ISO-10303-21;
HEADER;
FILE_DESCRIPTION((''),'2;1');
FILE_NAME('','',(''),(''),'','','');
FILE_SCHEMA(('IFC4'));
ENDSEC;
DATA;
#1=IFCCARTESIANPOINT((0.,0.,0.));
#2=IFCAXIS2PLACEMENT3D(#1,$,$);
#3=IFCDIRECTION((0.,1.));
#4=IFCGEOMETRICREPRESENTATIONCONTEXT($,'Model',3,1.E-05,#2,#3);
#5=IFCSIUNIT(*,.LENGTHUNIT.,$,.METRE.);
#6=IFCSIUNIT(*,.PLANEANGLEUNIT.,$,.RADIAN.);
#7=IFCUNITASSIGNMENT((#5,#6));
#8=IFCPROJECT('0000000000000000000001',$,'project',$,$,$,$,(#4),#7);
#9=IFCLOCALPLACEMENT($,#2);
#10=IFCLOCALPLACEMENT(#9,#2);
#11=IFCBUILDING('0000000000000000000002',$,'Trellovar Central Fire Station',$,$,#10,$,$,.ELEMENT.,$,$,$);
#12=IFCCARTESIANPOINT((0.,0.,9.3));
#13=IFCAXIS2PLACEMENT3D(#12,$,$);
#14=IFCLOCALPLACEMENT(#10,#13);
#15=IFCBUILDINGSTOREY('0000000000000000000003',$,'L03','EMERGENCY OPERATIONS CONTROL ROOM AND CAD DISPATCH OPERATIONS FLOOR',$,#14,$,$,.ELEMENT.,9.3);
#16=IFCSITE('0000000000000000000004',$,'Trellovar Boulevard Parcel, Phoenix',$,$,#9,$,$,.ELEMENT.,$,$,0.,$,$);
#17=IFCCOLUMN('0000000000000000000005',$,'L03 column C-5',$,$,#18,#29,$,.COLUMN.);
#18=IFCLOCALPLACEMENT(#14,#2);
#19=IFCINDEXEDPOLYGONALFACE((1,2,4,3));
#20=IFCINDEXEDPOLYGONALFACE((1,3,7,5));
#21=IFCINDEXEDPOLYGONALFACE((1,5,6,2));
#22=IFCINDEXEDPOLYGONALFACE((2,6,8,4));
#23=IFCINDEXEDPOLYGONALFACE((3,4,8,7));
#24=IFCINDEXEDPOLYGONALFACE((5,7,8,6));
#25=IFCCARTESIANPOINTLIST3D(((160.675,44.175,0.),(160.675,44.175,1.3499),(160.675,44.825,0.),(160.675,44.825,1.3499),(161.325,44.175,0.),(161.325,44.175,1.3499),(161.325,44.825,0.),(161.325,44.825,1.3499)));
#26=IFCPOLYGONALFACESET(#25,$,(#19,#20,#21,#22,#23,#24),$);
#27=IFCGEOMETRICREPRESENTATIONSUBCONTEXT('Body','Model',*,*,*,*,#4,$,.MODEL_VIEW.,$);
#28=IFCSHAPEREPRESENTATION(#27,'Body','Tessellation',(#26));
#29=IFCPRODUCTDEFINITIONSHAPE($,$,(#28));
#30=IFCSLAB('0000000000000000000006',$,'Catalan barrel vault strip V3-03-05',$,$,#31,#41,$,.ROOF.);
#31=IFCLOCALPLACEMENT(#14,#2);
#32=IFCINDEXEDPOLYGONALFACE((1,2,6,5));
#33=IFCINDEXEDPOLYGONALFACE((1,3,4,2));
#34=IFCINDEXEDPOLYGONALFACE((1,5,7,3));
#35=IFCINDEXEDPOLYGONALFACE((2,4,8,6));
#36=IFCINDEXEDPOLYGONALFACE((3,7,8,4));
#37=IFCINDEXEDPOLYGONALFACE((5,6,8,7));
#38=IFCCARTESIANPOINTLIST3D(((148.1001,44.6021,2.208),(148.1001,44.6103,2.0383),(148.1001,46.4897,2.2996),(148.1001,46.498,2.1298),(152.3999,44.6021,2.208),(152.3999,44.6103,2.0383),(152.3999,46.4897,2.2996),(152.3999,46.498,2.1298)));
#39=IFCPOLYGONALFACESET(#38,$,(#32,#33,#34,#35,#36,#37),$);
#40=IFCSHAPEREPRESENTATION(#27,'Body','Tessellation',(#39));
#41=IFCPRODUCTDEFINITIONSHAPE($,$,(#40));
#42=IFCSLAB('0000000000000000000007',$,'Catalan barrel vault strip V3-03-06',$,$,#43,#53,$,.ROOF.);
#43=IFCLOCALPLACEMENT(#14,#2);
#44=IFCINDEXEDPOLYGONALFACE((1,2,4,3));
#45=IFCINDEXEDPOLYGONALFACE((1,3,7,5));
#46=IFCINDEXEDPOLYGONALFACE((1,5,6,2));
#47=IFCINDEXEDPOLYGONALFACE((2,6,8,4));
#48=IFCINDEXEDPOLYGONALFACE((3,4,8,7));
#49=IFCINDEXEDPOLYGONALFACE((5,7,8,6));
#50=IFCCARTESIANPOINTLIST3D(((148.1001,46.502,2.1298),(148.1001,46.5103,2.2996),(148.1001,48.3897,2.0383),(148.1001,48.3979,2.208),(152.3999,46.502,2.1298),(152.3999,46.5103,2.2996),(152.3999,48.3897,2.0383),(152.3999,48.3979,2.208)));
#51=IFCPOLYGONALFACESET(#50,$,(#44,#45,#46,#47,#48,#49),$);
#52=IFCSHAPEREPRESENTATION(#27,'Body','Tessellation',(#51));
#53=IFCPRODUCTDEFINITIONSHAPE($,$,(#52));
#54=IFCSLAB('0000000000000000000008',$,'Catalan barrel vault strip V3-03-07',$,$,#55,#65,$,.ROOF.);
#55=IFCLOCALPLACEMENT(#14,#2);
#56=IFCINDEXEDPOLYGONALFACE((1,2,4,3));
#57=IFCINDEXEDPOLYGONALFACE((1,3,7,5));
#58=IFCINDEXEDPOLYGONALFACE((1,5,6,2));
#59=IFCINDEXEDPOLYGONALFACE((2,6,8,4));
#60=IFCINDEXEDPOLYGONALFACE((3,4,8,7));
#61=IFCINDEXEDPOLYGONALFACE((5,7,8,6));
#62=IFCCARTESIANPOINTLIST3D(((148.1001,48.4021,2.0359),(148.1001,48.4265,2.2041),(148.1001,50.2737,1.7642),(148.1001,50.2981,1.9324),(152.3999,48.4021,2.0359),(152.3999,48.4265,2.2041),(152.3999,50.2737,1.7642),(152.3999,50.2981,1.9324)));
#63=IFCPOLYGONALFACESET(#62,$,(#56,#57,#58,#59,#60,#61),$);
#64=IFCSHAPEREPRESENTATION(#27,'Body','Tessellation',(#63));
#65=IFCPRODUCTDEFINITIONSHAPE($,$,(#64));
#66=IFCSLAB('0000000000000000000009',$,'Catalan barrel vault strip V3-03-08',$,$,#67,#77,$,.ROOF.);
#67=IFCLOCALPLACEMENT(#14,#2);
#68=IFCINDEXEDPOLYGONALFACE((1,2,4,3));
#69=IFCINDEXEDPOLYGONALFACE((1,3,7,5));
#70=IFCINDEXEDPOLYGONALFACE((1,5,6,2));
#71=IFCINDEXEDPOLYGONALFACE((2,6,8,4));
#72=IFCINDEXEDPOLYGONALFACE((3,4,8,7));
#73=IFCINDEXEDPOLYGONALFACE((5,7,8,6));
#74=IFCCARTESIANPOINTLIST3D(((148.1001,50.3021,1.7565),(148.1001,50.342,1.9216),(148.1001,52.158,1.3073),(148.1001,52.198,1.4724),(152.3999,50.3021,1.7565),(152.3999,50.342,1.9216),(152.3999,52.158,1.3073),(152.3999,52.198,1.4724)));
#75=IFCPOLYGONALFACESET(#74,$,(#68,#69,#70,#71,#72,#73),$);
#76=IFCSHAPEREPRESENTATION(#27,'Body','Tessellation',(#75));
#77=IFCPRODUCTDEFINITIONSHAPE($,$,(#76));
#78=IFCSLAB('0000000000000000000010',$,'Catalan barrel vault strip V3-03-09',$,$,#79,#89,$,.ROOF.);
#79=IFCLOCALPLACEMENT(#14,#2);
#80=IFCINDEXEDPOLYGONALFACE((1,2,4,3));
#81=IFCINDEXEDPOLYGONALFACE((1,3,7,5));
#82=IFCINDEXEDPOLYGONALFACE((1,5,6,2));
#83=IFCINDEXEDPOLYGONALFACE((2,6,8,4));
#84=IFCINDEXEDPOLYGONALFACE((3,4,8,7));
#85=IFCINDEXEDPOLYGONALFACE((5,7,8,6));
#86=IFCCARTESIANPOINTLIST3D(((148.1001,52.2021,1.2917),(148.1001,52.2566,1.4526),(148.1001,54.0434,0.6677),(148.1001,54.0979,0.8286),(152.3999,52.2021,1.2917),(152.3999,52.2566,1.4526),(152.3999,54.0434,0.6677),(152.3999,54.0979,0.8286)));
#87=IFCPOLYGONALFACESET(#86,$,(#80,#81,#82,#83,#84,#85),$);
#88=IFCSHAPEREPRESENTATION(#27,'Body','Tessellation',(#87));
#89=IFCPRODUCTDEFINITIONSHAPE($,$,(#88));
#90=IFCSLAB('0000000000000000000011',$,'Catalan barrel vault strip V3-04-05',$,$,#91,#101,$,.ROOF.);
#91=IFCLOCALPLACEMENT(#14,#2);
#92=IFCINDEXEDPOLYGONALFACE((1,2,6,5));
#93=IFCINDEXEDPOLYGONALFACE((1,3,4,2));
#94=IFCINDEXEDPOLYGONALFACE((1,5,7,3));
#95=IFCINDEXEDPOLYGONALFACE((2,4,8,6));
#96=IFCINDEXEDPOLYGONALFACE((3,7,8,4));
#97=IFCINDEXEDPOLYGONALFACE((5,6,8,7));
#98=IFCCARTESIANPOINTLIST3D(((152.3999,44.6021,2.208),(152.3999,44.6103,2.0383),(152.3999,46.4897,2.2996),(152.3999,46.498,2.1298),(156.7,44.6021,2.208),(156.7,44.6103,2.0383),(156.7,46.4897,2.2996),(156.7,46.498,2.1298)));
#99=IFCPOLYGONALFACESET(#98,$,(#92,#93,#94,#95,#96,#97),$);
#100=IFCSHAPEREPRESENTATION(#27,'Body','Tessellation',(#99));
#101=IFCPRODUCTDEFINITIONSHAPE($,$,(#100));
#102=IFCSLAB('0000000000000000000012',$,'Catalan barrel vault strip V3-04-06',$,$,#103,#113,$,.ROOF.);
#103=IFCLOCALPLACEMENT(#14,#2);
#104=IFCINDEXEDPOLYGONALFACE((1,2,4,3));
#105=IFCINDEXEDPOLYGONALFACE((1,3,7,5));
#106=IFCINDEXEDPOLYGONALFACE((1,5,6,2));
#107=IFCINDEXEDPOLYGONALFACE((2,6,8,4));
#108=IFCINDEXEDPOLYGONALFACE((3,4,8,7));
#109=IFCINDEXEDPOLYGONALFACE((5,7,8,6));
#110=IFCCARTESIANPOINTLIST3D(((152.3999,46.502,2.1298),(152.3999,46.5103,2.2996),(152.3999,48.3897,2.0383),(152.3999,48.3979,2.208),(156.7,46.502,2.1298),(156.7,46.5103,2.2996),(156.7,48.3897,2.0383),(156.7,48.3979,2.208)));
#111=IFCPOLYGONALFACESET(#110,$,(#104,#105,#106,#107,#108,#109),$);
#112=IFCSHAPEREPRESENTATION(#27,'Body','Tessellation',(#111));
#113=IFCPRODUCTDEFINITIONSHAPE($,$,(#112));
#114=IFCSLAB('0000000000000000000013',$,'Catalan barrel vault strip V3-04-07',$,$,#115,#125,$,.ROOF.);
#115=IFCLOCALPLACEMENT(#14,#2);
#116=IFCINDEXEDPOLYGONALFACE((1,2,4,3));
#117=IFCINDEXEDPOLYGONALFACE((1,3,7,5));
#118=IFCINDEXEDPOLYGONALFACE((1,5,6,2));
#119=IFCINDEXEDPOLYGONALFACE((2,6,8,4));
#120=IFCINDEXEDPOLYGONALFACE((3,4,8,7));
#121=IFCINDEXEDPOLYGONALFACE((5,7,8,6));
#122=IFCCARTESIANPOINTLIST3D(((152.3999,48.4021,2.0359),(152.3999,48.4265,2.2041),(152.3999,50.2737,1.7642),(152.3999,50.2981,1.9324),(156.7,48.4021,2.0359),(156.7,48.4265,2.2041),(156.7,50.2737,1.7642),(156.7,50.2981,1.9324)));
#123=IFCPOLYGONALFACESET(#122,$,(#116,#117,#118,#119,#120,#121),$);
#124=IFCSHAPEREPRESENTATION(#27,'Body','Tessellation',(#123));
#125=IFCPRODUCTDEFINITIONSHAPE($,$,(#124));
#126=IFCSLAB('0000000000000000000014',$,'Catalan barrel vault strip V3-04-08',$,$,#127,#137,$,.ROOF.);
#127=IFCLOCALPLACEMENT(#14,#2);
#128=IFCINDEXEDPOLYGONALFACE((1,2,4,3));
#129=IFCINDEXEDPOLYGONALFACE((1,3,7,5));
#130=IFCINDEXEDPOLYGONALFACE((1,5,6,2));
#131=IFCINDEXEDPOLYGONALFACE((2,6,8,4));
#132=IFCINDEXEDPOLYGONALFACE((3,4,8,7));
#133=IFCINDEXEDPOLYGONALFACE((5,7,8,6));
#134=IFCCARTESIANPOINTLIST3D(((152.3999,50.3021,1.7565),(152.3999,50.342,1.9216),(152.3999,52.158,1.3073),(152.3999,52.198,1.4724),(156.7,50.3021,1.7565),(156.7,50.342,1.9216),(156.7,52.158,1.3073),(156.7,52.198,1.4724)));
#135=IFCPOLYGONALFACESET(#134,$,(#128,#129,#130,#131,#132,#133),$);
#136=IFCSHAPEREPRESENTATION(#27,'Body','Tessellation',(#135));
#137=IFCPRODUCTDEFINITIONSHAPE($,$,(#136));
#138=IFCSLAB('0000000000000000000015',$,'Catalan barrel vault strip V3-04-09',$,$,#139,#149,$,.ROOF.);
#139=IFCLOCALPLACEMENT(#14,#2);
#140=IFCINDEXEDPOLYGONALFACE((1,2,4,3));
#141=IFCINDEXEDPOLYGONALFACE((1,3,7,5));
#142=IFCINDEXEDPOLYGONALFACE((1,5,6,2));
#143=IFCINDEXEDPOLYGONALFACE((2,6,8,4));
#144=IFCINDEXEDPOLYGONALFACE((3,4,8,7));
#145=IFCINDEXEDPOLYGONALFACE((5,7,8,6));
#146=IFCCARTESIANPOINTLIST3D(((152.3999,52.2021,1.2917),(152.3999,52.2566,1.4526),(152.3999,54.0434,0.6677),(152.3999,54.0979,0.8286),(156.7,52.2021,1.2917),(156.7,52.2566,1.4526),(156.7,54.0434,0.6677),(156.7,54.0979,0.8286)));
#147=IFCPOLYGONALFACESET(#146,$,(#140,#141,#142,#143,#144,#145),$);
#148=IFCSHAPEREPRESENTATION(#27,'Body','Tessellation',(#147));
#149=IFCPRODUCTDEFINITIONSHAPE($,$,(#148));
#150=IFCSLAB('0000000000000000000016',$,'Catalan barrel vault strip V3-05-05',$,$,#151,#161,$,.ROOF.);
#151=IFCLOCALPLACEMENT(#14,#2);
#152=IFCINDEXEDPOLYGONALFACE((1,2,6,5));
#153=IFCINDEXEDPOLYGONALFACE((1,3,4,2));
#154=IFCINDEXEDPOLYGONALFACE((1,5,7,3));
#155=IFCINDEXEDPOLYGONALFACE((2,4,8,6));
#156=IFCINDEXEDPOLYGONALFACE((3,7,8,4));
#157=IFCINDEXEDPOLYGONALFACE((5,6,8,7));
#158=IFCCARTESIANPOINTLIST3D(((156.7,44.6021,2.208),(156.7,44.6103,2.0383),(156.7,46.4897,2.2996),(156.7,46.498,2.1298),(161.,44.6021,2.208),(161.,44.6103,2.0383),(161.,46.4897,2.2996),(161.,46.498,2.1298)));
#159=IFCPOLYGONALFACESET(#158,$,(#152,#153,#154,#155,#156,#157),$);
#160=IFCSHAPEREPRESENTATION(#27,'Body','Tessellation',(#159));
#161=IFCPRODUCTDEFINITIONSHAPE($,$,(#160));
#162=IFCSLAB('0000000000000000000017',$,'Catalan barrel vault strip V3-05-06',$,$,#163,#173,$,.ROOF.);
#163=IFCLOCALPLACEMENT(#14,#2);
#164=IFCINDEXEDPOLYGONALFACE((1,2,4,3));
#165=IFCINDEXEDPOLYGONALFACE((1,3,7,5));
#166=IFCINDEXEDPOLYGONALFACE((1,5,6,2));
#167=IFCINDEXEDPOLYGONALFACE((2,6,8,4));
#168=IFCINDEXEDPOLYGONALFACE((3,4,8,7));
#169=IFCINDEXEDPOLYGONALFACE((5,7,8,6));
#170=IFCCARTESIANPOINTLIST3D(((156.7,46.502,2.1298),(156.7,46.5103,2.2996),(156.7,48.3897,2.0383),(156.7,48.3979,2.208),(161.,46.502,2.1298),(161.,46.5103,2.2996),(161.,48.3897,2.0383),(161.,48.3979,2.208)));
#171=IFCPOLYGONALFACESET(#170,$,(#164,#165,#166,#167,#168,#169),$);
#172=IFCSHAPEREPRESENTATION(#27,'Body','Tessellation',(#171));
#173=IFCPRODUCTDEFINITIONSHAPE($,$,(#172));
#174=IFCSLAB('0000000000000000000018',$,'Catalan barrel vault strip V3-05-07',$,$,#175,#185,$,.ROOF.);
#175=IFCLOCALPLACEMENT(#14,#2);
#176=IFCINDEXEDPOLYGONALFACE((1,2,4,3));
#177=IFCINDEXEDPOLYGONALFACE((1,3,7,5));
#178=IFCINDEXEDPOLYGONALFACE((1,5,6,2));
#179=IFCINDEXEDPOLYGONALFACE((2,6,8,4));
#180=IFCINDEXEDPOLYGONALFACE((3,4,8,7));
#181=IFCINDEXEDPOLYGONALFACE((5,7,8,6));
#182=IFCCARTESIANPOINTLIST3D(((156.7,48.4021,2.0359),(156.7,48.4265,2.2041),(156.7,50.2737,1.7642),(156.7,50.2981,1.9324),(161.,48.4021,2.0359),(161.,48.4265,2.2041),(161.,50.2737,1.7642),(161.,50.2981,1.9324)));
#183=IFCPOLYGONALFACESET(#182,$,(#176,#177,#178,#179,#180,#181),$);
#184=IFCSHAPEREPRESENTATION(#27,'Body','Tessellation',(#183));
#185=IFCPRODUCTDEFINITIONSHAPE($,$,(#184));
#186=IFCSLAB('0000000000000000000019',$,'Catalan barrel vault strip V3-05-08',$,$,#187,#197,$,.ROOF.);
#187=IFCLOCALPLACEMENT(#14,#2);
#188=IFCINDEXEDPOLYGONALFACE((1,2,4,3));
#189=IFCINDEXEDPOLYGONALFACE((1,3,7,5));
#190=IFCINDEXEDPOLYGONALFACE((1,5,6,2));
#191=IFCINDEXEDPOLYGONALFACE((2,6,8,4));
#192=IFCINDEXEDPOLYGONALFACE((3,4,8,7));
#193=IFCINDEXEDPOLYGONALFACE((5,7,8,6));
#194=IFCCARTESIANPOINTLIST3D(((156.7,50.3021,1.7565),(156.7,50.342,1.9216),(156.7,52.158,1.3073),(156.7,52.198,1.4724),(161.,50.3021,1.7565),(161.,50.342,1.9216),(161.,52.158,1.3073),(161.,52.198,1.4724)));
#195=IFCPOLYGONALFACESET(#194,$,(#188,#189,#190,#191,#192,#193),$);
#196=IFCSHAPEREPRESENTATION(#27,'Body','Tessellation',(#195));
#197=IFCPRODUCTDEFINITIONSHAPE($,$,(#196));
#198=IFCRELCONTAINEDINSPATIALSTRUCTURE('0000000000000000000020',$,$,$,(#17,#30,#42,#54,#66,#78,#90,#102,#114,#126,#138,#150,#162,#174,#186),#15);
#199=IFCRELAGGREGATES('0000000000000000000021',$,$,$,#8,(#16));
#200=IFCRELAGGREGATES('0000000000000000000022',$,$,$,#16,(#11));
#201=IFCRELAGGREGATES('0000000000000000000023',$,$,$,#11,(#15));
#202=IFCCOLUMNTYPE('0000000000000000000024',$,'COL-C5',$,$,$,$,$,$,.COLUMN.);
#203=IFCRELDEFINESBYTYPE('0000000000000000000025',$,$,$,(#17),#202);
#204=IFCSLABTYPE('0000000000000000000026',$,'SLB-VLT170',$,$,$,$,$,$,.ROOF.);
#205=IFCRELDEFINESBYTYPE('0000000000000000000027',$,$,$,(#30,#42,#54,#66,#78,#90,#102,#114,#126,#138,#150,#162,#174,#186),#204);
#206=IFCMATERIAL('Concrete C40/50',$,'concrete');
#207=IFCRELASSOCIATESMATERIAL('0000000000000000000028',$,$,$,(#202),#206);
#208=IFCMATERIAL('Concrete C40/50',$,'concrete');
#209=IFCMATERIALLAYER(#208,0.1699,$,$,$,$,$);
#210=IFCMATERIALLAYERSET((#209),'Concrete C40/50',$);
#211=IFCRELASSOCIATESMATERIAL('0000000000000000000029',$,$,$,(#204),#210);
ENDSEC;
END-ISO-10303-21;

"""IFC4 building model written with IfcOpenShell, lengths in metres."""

from ifc_helpers import new_model, si_unit, direction, frame, origin, origin_2d, place, context, subcontext, project, spatial, polyline, rectangle, outline, extrude, material, layer, layer_set, material_profile, profile_set, type_object, element, save


model = new_model("IFC4")

# Units and contexts
model_context = context("Model", 3, precision=1e-05, world=origin(), true_north=direction((0.0, 1.0)))
body_context = subcontext(model_context, "Body", "Model", "MODEL_VIEW")
ifc_project = project(units=[si_unit("LENGTHUNIT", "METRE"), si_unit("PLANEANGLEUNIT", "RADIAN")], contexts=[model_context])

# Site, building, storey
site_placement = place(None, origin())
site = spatial("IfcSite", under=ifc_project, at=site_placement, Name="Trellovar Boulevard Parcel, Phoenix", CompositionType="ELEMENT", RefElevation=0.0)
building_placement = place(site_placement, origin())
building = spatial("IfcBuilding", under=site, at=building_placement, Name="Trellovar Central Fire Station", CompositionType="ELEMENT")
storey_placement = place(building_placement, frame((0.0, 0.0, 9.3)))
storey = spatial("IfcBuildingStorey", under=building, at=storey_placement, Name="L03", Description="EMERGENCY OPERATIONS CONTROL ROOM AND CAD DISPATCH OPERATIONS FLOOR", CompositionType="ELEMENT", Elevation=9.3)

# Column
ifc_material_1 = material(Name="Concrete C40/50", Category="concrete")
ifc_material_profile = material_profile(ifc_material_1, rectangle(XDim=0.6499, YDim=0.6499, at=origin_2d()), Name="RC650X650")
ifc_profile_set = profile_set([ifc_material_profile], Name="Concrete C40/50")
column_type = type_object("IfcColumnType", Name="COL-C5", PredefinedType="COLUMN", material=ifc_profile_set)
column_placement = place(storey_placement, frame((161.0, 44.5, 0.0), z_axis=(0.0, 0.0, 1.0), x_axis=(1.0, 0.0, 0.0)))
element("IfcColumn", 1, at=column_placement, inside=storey, type_object=column_type, Name="L03 column C-5", PredefinedType="COLUMN", context=body_context, shape_type="SweptSolid", body=[
    extrude(rectangle(XDim=0.6499, YDim=0.6499, at=origin_2d()), origin(), (0.0, 0.0, 1.0), 1.3499),
])

# Slabs
ifc_material_2 = material(Name="Concrete C40/50", Category="concrete")
ifc_layer_1 = layer(ifc_material_2, 0.1699)
ifc_layer_set_1 = layer_set([ifc_layer_1], Name="Concrete C40/50")
slab_type = type_object("IfcSlabType", Name="SLB-VLT170", PredefinedType="ROOF", material=ifc_layer_set_1)
for number, where, z_axis, x_axis, name in (
    (2, (148.1001, 44.6021, 2.208), (0.0, -0.048443, 0.998826), (1.0, 0.0, 0.0), "Catalan barrel vault strip V3-03-05"),
    (3, (148.1001, 46.5103, 2.2996), (0.0, 0.048443, 0.998826), (1.0, 0.0, 0.0), "Catalan barrel vault strip V3-03-06"),
):
    element("IfcSlab", number, at=place(storey_placement, frame(where, z_axis=z_axis, x_axis=x_axis)), inside=storey, type_object=slab_type, Name=name, PredefinedType="ROOF", context=body_context, shape_type="SweptSolid", body=[
        extrude(outline(polyline([(0.0, 0.0), (4.2998, 0.0), (4.2998, 1.8899), (0.0, 1.8899), (0.0, 0.0)])), origin(), (0.0, 0.0, -1.0), 0.1699),
    ])
slab_1_placement = place(storey_placement, frame((148.1001, 48.4265, 2.2041), z_axis=(0.0, 0.14368, 0.989624), x_axis=(1.0, 0.0, 0.0)))
element("IfcSlab", 4, at=slab_1_placement, inside=storey, type_object=slab_type, Name="Catalan barrel vault strip V3-03-07", PredefinedType="ROOF", context=body_context, shape_type="SweptSolid", body=[
    extrude(outline(polyline([(0.0, 0.0), (4.2998, 0.0), (4.2998, 1.8912), (0.0, 1.8912), (0.0, 0.0)])), origin(), (0.0, 0.0, -1.0), 0.1699),
])
slab_2_placement = place(storey_placement, frame((148.1001, 50.342, 1.9216), z_axis=(0.0, 0.235249, 0.971935), x_axis=(1.0, 0.0, 0.0)))
element("IfcSlab", 5, at=slab_2_placement, inside=storey, type_object=slab_type, Name="Catalan barrel vault strip V3-03-08", PredefinedType="ROOF", context=body_context, shape_type="SweptSolid", body=[
    extrude(outline(polyline([(0.0, 0.0), (4.2998, 0.0), (4.2998, 1.9095), (0.0, 1.9095), (0.0, 0.0)])), origin(), (0.0, 0.0, -1.0), 0.1699),
])
slab_3_placement = place(storey_placement, frame((148.1001, 52.2566, 1.4526), z_axis=(0.0, 0.320971, 0.947089), x_axis=(1.0, 0.0, 0.0)))
element("IfcSlab", 6, at=slab_3_placement, inside=storey, type_object=slab_type, Name="Catalan barrel vault strip V3-03-09", PredefinedType="ROOF", context=body_context, shape_type="SweptSolid", body=[
    extrude(outline(polyline([(0.0, 0.0), (4.2998, 0.0), (4.2998, 1.9442), (0.0, 1.9442), (0.0, 0.0)])), origin(), (0.0, 0.0, -1.0), 0.1699),
])
for number, where, z_axis, x_axis, name in (
    (7, (152.3999, 44.6021, 2.208), (0.0, -0.048443, 0.998826), (1.0, 0.0, 0.0), "Catalan barrel vault strip V3-04-05"),
    (8, (152.3999, 46.5103, 2.2996), (0.0, 0.048443, 0.998826), (1.0, 0.0, 0.0), "Catalan barrel vault strip V3-04-06"),
):
    element("IfcSlab", number, at=place(storey_placement, frame(where, z_axis=z_axis, x_axis=x_axis)), inside=storey, type_object=slab_type, Name=name, PredefinedType="ROOF", context=body_context, shape_type="SweptSolid", body=[
        extrude(outline(polyline([(0.0, 0.0), (4.3, 0.0), (4.3, 1.8899), (0.0, 1.8899), (0.0, 0.0)])), origin(), (0.0, 0.0, -1.0), 0.1699),
    ])
slab_4_placement = place(storey_placement, frame((152.3999, 48.4265, 2.2041), z_axis=(0.0, 0.14368, 0.989624), x_axis=(1.0, 0.0, 0.0)))
element("IfcSlab", 9, at=slab_4_placement, inside=storey, type_object=slab_type, Name="Catalan barrel vault strip V3-04-07", PredefinedType="ROOF", context=body_context, shape_type="SweptSolid", body=[
    extrude(outline(polyline([(0.0, 0.0), (4.3, 0.0), (4.3, 1.8912), (0.0, 1.8912), (0.0, 0.0)])), origin(), (0.0, 0.0, -1.0), 0.1699),
])
slab_5_placement = place(storey_placement, frame((152.3999, 50.342, 1.9216), z_axis=(0.0, 0.235249, 0.971935), x_axis=(1.0, 0.0, 0.0)))
element("IfcSlab", 10, at=slab_5_placement, inside=storey, type_object=slab_type, Name="Catalan barrel vault strip V3-04-08", PredefinedType="ROOF", context=body_context, shape_type="SweptSolid", body=[
    extrude(outline(polyline([(0.0, 0.0), (4.3, 0.0), (4.3, 1.9095), (0.0, 1.9095), (0.0, 0.0)])), origin(), (0.0, 0.0, -1.0), 0.1699),
])
slab_6_placement = place(storey_placement, frame((152.3999, 52.2566, 1.4526), z_axis=(0.0, 0.320971, 0.947089), x_axis=(1.0, 0.0, 0.0)))
element("IfcSlab", 11, at=slab_6_placement, inside=storey, type_object=slab_type, Name="Catalan barrel vault strip V3-04-09", PredefinedType="ROOF", context=body_context, shape_type="SweptSolid", body=[
    extrude(outline(polyline([(0.0, 0.0), (4.3, 0.0), (4.3, 1.9442), (0.0, 1.9442), (0.0, 0.0)])), origin(), (0.0, 0.0, -1.0), 0.1699),
])
for number, where, z_axis, x_axis, name in (
    (12, (156.7, 44.6021, 2.208), (0.0, -0.048443, 0.998826), (1.0, 0.0, 0.0), "Catalan barrel vault strip V3-05-05"),
    (13, (156.7, 46.5103, 2.2996), (0.0, 0.048443, 0.998826), (1.0, 0.0, 0.0), "Catalan barrel vault strip V3-05-06"),
):
    element("IfcSlab", number, at=place(storey_placement, frame(where, z_axis=z_axis, x_axis=x_axis)), inside=storey, type_object=slab_type, Name=name, PredefinedType="ROOF", context=body_context, shape_type="SweptSolid", body=[
        extrude(outline(polyline([(0.0, 0.0), (4.3, 0.0), (4.3, 1.8899), (0.0, 1.8899), (0.0, 0.0)])), origin(), (0.0, 0.0, -1.0), 0.1699),
    ])
slab_7_placement = place(storey_placement, frame((156.7, 48.4265, 2.2041), z_axis=(0.0, 0.14368, 0.989624), x_axis=(1.0, 0.0, 0.0)))
element("IfcSlab", 14, at=slab_7_placement, inside=storey, type_object=slab_type, Name="Catalan barrel vault strip V3-05-07", PredefinedType="ROOF", context=body_context, shape_type="SweptSolid", body=[
    extrude(outline(polyline([(0.0, 0.0), (4.3, 0.0), (4.3, 1.8912), (0.0, 1.8912), (0.0, 0.0)])), origin(), (0.0, 0.0, -1.0), 0.1699),
])
slab_8_placement = place(storey_placement, frame((156.7, 50.342, 1.9216), z_axis=(0.0, 0.235249, 0.971935), x_axis=(1.0, 0.0, 0.0)))
element("IfcSlab", 15, at=slab_8_placement, inside=storey, type_object=slab_type, Name="Catalan barrel vault strip V3-05-08", PredefinedType="ROOF", context=body_context, shape_type="SweptSolid", body=[
    extrude(outline(polyline([(0.0, 0.0), (4.3, 0.0), (4.3, 1.9095), (0.0, 1.9095), (0.0, 0.0)])), origin(), (0.0, 0.0, -1.0), 0.1699),
])

save(model, "model.ifc")
